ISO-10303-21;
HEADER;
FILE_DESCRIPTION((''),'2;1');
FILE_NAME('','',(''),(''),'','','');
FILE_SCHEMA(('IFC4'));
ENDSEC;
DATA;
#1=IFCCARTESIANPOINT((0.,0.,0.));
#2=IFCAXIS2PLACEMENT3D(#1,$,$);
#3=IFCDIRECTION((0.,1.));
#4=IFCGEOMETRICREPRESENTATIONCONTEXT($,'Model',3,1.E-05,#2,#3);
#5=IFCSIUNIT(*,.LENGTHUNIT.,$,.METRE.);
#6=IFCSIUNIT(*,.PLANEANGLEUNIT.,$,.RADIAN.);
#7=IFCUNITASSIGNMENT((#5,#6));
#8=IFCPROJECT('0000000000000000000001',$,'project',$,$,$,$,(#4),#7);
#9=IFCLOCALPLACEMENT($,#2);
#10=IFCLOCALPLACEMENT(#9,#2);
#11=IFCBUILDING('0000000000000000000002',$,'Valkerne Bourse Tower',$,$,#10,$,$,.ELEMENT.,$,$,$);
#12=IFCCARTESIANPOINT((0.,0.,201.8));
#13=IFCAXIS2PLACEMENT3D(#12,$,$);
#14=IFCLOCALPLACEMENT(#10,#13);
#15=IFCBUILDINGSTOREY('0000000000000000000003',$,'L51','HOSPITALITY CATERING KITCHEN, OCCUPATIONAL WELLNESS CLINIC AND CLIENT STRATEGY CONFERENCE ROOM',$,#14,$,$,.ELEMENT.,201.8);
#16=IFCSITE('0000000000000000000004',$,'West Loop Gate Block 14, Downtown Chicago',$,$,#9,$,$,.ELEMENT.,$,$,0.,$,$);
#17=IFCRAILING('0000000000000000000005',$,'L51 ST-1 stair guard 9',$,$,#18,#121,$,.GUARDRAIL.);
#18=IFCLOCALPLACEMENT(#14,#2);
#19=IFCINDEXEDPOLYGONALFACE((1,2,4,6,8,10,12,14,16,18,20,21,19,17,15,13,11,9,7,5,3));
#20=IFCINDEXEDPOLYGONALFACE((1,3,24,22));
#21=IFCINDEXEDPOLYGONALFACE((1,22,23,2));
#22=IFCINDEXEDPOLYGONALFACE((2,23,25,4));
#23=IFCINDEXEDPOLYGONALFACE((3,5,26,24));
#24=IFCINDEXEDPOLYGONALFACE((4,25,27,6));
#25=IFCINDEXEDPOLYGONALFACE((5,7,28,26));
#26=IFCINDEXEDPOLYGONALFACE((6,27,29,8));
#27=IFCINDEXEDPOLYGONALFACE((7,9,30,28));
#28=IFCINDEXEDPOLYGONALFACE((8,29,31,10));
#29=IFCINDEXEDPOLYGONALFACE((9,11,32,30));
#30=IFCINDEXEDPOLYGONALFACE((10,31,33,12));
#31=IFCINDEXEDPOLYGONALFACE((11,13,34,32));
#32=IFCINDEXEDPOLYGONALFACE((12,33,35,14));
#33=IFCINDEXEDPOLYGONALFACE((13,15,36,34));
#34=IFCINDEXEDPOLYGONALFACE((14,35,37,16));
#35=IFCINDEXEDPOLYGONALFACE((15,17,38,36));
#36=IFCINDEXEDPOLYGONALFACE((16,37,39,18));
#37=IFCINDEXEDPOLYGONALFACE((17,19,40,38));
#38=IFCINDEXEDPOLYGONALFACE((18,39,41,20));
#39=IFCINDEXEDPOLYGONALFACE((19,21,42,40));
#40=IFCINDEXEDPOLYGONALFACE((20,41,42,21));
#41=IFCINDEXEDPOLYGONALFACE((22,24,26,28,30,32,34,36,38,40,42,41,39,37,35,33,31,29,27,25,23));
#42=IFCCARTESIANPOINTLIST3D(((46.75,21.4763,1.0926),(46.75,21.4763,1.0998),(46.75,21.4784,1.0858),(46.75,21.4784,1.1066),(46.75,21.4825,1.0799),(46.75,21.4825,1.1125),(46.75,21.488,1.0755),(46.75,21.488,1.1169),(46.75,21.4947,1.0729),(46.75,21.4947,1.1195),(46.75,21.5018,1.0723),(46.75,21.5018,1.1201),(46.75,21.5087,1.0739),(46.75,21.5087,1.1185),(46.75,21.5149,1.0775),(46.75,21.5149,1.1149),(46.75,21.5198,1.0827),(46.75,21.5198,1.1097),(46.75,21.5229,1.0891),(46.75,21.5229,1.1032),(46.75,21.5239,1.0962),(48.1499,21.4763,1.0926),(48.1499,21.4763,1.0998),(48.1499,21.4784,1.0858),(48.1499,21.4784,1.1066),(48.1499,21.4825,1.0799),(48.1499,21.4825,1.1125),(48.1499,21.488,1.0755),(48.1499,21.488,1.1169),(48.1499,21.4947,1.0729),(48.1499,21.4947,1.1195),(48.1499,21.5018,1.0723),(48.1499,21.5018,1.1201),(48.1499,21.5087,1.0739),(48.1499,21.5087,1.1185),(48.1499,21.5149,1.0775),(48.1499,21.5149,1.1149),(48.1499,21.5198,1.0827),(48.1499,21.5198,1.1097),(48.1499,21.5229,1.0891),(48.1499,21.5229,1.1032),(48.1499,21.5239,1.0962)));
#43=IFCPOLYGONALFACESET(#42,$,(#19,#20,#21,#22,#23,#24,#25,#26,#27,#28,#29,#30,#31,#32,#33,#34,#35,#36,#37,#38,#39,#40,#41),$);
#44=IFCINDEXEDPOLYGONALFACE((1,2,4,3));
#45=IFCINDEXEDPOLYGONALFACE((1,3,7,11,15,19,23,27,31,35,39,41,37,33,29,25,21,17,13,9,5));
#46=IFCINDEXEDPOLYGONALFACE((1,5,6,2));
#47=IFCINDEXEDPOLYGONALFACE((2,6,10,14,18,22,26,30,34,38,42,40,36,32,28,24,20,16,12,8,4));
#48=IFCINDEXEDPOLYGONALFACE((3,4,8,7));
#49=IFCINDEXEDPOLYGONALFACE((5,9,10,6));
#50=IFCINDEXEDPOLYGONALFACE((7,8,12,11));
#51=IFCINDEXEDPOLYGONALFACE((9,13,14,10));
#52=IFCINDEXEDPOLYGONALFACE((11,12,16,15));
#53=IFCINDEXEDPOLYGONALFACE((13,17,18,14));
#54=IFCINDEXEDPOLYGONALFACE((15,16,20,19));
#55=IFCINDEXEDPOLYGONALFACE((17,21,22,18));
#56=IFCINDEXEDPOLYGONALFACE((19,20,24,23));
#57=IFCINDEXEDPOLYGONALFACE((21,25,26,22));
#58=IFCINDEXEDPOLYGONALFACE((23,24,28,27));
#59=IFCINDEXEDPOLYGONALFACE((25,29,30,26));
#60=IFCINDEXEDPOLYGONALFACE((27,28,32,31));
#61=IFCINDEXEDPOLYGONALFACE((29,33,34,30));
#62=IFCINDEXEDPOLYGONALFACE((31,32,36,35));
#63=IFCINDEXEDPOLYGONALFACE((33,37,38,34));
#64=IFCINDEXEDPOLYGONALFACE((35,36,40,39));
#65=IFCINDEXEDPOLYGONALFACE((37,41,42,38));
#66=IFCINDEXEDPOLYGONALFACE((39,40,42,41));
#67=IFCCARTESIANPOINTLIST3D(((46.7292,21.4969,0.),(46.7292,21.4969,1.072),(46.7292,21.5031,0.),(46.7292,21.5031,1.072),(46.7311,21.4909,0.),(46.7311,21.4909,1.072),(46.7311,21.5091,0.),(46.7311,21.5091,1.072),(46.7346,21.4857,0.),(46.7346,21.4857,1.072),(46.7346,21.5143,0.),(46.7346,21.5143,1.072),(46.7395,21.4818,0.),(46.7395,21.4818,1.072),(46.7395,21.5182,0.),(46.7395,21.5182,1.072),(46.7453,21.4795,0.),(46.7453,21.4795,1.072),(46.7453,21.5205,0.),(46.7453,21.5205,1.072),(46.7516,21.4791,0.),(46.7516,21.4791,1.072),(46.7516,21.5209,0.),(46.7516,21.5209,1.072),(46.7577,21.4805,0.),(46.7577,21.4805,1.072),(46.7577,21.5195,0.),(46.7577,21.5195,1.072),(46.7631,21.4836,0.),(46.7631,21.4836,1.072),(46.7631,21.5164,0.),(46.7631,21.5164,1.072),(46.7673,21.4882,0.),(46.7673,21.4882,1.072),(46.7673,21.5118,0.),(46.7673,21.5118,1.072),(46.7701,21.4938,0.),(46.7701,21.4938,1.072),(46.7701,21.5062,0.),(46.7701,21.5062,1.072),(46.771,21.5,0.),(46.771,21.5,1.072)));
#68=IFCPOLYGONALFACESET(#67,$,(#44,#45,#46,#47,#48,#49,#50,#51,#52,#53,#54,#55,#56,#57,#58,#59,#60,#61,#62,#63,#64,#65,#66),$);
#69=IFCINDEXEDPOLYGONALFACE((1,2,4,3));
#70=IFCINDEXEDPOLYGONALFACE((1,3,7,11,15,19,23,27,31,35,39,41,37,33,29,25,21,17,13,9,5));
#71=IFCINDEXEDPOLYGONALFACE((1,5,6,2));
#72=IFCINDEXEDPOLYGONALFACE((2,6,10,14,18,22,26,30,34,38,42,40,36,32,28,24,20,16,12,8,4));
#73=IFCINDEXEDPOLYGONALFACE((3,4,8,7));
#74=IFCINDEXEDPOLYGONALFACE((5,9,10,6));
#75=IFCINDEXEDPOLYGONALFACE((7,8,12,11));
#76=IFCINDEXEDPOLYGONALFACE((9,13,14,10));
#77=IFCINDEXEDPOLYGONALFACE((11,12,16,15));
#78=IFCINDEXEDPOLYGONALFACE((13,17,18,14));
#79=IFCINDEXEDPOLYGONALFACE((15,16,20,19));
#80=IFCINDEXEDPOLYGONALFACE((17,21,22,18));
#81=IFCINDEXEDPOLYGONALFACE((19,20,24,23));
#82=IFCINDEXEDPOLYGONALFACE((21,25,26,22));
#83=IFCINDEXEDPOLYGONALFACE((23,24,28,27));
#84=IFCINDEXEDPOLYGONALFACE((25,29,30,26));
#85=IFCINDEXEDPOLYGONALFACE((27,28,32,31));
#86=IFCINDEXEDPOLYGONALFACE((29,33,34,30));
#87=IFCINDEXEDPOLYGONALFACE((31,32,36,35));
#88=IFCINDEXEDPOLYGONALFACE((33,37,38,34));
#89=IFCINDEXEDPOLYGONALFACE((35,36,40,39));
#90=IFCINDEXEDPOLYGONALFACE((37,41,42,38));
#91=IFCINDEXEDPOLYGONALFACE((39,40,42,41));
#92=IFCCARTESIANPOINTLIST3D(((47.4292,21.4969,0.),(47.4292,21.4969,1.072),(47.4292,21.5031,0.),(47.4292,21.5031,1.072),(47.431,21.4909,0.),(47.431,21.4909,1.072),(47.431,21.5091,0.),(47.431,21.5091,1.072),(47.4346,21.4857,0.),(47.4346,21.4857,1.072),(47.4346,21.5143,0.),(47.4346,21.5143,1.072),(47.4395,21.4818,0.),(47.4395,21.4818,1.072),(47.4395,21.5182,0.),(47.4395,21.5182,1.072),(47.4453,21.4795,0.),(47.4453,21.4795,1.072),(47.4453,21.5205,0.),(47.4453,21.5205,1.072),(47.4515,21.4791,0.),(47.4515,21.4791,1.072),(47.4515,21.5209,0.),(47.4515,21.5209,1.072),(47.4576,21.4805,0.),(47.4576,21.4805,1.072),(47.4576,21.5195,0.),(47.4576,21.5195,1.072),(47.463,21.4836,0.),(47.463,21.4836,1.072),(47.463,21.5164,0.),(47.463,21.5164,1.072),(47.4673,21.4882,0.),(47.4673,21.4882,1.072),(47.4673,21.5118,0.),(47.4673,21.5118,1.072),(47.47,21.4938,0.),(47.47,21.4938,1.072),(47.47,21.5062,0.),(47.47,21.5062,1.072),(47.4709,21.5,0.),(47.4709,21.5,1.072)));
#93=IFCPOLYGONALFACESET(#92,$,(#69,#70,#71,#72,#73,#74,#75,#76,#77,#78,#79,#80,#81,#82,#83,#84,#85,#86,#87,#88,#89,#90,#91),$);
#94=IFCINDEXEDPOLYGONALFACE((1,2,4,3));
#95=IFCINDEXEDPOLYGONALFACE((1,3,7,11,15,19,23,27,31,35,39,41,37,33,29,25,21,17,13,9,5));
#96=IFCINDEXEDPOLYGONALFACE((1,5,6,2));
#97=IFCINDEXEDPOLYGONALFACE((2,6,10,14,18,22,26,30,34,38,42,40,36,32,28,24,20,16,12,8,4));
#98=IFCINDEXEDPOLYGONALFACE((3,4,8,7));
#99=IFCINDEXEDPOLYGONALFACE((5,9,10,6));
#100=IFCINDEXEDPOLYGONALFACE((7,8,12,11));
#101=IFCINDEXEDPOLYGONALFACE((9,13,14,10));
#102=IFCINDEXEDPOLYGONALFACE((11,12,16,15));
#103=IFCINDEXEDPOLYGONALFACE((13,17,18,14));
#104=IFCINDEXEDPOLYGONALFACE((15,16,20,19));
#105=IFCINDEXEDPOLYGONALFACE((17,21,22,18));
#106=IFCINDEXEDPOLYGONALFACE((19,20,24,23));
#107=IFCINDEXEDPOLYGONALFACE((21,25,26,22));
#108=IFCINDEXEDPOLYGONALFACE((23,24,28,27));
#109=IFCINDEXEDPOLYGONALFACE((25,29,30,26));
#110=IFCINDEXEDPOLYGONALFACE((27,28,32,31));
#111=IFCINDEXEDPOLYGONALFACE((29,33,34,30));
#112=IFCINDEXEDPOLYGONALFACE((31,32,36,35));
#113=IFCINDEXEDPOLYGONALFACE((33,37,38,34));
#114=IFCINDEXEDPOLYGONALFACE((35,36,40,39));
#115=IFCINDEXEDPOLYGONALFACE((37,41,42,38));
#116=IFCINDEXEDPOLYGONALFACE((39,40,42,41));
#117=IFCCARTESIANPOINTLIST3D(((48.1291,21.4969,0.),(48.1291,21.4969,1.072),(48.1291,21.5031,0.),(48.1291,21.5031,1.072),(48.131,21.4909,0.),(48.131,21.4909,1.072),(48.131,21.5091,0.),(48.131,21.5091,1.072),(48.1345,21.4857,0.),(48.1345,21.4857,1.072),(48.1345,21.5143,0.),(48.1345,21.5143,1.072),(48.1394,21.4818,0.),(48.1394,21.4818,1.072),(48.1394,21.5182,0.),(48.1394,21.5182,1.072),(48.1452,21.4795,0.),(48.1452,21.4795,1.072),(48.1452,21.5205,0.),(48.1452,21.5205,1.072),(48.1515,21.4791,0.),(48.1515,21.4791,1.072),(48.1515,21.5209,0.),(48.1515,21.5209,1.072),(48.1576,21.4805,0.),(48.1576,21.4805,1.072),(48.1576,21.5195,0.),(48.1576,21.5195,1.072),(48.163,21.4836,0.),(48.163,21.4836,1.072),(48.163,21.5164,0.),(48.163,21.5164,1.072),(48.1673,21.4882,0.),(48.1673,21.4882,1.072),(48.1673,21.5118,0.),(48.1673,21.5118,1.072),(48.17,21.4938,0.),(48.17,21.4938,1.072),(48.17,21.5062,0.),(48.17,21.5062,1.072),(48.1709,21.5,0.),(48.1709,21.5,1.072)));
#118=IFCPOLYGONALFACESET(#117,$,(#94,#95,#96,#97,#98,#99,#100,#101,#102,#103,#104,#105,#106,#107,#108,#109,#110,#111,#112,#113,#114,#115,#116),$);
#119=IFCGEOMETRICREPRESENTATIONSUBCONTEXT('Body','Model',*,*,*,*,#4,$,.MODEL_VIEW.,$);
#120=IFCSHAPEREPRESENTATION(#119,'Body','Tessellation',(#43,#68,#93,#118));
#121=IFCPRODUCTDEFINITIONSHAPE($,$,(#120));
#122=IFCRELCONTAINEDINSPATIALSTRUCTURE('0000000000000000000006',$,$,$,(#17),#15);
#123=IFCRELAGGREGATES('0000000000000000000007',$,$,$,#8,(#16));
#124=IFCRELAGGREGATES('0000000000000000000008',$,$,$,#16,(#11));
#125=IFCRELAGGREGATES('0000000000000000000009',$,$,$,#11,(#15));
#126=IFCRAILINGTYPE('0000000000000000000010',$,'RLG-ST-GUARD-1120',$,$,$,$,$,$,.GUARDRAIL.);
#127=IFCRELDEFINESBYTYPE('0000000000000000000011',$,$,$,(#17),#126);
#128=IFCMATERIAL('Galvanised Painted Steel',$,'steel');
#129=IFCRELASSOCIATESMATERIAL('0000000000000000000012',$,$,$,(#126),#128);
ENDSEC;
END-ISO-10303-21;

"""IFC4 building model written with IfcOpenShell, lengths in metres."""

from ifc_helpers import new_model, si_unit, direction, frame, origin, origin_2d, place, context, subcontext, project, spatial, circle, extrude, material, type_object, element, save


model = new_model("IFC4")

# Units and contexts
model_context = context("Model", 3, precision=1e-05, world=origin(), true_north=direction((0.0, 1.0)))
body_context = subcontext(model_context, "Body", "Model", "MODEL_VIEW")
ifc_project = project(units=[si_unit("LENGTHUNIT", "METRE"), si_unit("PLANEANGLEUNIT", "RADIAN")], contexts=[model_context])

# Site, building, storey
site_placement = place(None, origin())
site = spatial("IfcSite", under=ifc_project, at=site_placement, Name="West Loop Gate Block 14, Downtown Chicago", CompositionType="ELEMENT", RefElevation=0.0)
building_placement = place(site_placement, origin())
building = spatial("IfcBuilding", under=site, at=building_placement, Name="Valkerne Bourse Tower", CompositionType="ELEMENT")
storey_placement = place(building_placement, frame((0.0, 0.0, 201.8)))
storey = spatial("IfcBuildingStorey", under=building, at=storey_placement, Name="L51", Description="HOSPITALITY CATERING KITCHEN, OCCUPATIONAL WELLNESS CLINIC AND CLIENT STRATEGY CONFERENCE ROOM", CompositionType="ELEMENT", Elevation=201.8)

# Shared definitions
ifc_material_1 = material(Name="Galvanised Painted Steel", Category="steel")

# Railing
railing_type_1 = type_object("IfcRailingType", Name="RLG-ST-GUARD-1120", PredefinedType="GUARDRAIL", material=ifc_material_1)
for number, where, name in (
    (1, (46.75, 21.5, 0.0), "L51 ST-1 stair guard 9"),
):
    element("IfcRailing", number, at=place(storey_placement, frame(where)), inside=storey, type_object=railing_type_1, Name=name, PredefinedType="GUARDRAIL", context=body_context, shape_type="SweptSolid", body=[
        extrude(circle(Radius=0.0239, at=origin_2d()), frame((0.0, 0.0, 1.0962), z_axis=(1.0, 0.0, 0.0), x_axis=(0.0, 1.0, 0.0)), (0.0, 0.0, 1.0), 1.3999),
        extrude(circle(Radius=0.021, at=origin_2d()), origin(), (0.0, 0.0, 1.0), 1.072),
        extrude(circle(Radius=0.021, at=origin_2d()), frame((0.7, 0.0, 0.0)), (0.0, 0.0, 1.0), 1.072),
        extrude(circle(Radius=0.021, at=origin_2d()), frame((1.3999, 0.0, 0.0)), (0.0, 0.0, 1.0), 1.072),
    ])

save(model, "model.ifc")
